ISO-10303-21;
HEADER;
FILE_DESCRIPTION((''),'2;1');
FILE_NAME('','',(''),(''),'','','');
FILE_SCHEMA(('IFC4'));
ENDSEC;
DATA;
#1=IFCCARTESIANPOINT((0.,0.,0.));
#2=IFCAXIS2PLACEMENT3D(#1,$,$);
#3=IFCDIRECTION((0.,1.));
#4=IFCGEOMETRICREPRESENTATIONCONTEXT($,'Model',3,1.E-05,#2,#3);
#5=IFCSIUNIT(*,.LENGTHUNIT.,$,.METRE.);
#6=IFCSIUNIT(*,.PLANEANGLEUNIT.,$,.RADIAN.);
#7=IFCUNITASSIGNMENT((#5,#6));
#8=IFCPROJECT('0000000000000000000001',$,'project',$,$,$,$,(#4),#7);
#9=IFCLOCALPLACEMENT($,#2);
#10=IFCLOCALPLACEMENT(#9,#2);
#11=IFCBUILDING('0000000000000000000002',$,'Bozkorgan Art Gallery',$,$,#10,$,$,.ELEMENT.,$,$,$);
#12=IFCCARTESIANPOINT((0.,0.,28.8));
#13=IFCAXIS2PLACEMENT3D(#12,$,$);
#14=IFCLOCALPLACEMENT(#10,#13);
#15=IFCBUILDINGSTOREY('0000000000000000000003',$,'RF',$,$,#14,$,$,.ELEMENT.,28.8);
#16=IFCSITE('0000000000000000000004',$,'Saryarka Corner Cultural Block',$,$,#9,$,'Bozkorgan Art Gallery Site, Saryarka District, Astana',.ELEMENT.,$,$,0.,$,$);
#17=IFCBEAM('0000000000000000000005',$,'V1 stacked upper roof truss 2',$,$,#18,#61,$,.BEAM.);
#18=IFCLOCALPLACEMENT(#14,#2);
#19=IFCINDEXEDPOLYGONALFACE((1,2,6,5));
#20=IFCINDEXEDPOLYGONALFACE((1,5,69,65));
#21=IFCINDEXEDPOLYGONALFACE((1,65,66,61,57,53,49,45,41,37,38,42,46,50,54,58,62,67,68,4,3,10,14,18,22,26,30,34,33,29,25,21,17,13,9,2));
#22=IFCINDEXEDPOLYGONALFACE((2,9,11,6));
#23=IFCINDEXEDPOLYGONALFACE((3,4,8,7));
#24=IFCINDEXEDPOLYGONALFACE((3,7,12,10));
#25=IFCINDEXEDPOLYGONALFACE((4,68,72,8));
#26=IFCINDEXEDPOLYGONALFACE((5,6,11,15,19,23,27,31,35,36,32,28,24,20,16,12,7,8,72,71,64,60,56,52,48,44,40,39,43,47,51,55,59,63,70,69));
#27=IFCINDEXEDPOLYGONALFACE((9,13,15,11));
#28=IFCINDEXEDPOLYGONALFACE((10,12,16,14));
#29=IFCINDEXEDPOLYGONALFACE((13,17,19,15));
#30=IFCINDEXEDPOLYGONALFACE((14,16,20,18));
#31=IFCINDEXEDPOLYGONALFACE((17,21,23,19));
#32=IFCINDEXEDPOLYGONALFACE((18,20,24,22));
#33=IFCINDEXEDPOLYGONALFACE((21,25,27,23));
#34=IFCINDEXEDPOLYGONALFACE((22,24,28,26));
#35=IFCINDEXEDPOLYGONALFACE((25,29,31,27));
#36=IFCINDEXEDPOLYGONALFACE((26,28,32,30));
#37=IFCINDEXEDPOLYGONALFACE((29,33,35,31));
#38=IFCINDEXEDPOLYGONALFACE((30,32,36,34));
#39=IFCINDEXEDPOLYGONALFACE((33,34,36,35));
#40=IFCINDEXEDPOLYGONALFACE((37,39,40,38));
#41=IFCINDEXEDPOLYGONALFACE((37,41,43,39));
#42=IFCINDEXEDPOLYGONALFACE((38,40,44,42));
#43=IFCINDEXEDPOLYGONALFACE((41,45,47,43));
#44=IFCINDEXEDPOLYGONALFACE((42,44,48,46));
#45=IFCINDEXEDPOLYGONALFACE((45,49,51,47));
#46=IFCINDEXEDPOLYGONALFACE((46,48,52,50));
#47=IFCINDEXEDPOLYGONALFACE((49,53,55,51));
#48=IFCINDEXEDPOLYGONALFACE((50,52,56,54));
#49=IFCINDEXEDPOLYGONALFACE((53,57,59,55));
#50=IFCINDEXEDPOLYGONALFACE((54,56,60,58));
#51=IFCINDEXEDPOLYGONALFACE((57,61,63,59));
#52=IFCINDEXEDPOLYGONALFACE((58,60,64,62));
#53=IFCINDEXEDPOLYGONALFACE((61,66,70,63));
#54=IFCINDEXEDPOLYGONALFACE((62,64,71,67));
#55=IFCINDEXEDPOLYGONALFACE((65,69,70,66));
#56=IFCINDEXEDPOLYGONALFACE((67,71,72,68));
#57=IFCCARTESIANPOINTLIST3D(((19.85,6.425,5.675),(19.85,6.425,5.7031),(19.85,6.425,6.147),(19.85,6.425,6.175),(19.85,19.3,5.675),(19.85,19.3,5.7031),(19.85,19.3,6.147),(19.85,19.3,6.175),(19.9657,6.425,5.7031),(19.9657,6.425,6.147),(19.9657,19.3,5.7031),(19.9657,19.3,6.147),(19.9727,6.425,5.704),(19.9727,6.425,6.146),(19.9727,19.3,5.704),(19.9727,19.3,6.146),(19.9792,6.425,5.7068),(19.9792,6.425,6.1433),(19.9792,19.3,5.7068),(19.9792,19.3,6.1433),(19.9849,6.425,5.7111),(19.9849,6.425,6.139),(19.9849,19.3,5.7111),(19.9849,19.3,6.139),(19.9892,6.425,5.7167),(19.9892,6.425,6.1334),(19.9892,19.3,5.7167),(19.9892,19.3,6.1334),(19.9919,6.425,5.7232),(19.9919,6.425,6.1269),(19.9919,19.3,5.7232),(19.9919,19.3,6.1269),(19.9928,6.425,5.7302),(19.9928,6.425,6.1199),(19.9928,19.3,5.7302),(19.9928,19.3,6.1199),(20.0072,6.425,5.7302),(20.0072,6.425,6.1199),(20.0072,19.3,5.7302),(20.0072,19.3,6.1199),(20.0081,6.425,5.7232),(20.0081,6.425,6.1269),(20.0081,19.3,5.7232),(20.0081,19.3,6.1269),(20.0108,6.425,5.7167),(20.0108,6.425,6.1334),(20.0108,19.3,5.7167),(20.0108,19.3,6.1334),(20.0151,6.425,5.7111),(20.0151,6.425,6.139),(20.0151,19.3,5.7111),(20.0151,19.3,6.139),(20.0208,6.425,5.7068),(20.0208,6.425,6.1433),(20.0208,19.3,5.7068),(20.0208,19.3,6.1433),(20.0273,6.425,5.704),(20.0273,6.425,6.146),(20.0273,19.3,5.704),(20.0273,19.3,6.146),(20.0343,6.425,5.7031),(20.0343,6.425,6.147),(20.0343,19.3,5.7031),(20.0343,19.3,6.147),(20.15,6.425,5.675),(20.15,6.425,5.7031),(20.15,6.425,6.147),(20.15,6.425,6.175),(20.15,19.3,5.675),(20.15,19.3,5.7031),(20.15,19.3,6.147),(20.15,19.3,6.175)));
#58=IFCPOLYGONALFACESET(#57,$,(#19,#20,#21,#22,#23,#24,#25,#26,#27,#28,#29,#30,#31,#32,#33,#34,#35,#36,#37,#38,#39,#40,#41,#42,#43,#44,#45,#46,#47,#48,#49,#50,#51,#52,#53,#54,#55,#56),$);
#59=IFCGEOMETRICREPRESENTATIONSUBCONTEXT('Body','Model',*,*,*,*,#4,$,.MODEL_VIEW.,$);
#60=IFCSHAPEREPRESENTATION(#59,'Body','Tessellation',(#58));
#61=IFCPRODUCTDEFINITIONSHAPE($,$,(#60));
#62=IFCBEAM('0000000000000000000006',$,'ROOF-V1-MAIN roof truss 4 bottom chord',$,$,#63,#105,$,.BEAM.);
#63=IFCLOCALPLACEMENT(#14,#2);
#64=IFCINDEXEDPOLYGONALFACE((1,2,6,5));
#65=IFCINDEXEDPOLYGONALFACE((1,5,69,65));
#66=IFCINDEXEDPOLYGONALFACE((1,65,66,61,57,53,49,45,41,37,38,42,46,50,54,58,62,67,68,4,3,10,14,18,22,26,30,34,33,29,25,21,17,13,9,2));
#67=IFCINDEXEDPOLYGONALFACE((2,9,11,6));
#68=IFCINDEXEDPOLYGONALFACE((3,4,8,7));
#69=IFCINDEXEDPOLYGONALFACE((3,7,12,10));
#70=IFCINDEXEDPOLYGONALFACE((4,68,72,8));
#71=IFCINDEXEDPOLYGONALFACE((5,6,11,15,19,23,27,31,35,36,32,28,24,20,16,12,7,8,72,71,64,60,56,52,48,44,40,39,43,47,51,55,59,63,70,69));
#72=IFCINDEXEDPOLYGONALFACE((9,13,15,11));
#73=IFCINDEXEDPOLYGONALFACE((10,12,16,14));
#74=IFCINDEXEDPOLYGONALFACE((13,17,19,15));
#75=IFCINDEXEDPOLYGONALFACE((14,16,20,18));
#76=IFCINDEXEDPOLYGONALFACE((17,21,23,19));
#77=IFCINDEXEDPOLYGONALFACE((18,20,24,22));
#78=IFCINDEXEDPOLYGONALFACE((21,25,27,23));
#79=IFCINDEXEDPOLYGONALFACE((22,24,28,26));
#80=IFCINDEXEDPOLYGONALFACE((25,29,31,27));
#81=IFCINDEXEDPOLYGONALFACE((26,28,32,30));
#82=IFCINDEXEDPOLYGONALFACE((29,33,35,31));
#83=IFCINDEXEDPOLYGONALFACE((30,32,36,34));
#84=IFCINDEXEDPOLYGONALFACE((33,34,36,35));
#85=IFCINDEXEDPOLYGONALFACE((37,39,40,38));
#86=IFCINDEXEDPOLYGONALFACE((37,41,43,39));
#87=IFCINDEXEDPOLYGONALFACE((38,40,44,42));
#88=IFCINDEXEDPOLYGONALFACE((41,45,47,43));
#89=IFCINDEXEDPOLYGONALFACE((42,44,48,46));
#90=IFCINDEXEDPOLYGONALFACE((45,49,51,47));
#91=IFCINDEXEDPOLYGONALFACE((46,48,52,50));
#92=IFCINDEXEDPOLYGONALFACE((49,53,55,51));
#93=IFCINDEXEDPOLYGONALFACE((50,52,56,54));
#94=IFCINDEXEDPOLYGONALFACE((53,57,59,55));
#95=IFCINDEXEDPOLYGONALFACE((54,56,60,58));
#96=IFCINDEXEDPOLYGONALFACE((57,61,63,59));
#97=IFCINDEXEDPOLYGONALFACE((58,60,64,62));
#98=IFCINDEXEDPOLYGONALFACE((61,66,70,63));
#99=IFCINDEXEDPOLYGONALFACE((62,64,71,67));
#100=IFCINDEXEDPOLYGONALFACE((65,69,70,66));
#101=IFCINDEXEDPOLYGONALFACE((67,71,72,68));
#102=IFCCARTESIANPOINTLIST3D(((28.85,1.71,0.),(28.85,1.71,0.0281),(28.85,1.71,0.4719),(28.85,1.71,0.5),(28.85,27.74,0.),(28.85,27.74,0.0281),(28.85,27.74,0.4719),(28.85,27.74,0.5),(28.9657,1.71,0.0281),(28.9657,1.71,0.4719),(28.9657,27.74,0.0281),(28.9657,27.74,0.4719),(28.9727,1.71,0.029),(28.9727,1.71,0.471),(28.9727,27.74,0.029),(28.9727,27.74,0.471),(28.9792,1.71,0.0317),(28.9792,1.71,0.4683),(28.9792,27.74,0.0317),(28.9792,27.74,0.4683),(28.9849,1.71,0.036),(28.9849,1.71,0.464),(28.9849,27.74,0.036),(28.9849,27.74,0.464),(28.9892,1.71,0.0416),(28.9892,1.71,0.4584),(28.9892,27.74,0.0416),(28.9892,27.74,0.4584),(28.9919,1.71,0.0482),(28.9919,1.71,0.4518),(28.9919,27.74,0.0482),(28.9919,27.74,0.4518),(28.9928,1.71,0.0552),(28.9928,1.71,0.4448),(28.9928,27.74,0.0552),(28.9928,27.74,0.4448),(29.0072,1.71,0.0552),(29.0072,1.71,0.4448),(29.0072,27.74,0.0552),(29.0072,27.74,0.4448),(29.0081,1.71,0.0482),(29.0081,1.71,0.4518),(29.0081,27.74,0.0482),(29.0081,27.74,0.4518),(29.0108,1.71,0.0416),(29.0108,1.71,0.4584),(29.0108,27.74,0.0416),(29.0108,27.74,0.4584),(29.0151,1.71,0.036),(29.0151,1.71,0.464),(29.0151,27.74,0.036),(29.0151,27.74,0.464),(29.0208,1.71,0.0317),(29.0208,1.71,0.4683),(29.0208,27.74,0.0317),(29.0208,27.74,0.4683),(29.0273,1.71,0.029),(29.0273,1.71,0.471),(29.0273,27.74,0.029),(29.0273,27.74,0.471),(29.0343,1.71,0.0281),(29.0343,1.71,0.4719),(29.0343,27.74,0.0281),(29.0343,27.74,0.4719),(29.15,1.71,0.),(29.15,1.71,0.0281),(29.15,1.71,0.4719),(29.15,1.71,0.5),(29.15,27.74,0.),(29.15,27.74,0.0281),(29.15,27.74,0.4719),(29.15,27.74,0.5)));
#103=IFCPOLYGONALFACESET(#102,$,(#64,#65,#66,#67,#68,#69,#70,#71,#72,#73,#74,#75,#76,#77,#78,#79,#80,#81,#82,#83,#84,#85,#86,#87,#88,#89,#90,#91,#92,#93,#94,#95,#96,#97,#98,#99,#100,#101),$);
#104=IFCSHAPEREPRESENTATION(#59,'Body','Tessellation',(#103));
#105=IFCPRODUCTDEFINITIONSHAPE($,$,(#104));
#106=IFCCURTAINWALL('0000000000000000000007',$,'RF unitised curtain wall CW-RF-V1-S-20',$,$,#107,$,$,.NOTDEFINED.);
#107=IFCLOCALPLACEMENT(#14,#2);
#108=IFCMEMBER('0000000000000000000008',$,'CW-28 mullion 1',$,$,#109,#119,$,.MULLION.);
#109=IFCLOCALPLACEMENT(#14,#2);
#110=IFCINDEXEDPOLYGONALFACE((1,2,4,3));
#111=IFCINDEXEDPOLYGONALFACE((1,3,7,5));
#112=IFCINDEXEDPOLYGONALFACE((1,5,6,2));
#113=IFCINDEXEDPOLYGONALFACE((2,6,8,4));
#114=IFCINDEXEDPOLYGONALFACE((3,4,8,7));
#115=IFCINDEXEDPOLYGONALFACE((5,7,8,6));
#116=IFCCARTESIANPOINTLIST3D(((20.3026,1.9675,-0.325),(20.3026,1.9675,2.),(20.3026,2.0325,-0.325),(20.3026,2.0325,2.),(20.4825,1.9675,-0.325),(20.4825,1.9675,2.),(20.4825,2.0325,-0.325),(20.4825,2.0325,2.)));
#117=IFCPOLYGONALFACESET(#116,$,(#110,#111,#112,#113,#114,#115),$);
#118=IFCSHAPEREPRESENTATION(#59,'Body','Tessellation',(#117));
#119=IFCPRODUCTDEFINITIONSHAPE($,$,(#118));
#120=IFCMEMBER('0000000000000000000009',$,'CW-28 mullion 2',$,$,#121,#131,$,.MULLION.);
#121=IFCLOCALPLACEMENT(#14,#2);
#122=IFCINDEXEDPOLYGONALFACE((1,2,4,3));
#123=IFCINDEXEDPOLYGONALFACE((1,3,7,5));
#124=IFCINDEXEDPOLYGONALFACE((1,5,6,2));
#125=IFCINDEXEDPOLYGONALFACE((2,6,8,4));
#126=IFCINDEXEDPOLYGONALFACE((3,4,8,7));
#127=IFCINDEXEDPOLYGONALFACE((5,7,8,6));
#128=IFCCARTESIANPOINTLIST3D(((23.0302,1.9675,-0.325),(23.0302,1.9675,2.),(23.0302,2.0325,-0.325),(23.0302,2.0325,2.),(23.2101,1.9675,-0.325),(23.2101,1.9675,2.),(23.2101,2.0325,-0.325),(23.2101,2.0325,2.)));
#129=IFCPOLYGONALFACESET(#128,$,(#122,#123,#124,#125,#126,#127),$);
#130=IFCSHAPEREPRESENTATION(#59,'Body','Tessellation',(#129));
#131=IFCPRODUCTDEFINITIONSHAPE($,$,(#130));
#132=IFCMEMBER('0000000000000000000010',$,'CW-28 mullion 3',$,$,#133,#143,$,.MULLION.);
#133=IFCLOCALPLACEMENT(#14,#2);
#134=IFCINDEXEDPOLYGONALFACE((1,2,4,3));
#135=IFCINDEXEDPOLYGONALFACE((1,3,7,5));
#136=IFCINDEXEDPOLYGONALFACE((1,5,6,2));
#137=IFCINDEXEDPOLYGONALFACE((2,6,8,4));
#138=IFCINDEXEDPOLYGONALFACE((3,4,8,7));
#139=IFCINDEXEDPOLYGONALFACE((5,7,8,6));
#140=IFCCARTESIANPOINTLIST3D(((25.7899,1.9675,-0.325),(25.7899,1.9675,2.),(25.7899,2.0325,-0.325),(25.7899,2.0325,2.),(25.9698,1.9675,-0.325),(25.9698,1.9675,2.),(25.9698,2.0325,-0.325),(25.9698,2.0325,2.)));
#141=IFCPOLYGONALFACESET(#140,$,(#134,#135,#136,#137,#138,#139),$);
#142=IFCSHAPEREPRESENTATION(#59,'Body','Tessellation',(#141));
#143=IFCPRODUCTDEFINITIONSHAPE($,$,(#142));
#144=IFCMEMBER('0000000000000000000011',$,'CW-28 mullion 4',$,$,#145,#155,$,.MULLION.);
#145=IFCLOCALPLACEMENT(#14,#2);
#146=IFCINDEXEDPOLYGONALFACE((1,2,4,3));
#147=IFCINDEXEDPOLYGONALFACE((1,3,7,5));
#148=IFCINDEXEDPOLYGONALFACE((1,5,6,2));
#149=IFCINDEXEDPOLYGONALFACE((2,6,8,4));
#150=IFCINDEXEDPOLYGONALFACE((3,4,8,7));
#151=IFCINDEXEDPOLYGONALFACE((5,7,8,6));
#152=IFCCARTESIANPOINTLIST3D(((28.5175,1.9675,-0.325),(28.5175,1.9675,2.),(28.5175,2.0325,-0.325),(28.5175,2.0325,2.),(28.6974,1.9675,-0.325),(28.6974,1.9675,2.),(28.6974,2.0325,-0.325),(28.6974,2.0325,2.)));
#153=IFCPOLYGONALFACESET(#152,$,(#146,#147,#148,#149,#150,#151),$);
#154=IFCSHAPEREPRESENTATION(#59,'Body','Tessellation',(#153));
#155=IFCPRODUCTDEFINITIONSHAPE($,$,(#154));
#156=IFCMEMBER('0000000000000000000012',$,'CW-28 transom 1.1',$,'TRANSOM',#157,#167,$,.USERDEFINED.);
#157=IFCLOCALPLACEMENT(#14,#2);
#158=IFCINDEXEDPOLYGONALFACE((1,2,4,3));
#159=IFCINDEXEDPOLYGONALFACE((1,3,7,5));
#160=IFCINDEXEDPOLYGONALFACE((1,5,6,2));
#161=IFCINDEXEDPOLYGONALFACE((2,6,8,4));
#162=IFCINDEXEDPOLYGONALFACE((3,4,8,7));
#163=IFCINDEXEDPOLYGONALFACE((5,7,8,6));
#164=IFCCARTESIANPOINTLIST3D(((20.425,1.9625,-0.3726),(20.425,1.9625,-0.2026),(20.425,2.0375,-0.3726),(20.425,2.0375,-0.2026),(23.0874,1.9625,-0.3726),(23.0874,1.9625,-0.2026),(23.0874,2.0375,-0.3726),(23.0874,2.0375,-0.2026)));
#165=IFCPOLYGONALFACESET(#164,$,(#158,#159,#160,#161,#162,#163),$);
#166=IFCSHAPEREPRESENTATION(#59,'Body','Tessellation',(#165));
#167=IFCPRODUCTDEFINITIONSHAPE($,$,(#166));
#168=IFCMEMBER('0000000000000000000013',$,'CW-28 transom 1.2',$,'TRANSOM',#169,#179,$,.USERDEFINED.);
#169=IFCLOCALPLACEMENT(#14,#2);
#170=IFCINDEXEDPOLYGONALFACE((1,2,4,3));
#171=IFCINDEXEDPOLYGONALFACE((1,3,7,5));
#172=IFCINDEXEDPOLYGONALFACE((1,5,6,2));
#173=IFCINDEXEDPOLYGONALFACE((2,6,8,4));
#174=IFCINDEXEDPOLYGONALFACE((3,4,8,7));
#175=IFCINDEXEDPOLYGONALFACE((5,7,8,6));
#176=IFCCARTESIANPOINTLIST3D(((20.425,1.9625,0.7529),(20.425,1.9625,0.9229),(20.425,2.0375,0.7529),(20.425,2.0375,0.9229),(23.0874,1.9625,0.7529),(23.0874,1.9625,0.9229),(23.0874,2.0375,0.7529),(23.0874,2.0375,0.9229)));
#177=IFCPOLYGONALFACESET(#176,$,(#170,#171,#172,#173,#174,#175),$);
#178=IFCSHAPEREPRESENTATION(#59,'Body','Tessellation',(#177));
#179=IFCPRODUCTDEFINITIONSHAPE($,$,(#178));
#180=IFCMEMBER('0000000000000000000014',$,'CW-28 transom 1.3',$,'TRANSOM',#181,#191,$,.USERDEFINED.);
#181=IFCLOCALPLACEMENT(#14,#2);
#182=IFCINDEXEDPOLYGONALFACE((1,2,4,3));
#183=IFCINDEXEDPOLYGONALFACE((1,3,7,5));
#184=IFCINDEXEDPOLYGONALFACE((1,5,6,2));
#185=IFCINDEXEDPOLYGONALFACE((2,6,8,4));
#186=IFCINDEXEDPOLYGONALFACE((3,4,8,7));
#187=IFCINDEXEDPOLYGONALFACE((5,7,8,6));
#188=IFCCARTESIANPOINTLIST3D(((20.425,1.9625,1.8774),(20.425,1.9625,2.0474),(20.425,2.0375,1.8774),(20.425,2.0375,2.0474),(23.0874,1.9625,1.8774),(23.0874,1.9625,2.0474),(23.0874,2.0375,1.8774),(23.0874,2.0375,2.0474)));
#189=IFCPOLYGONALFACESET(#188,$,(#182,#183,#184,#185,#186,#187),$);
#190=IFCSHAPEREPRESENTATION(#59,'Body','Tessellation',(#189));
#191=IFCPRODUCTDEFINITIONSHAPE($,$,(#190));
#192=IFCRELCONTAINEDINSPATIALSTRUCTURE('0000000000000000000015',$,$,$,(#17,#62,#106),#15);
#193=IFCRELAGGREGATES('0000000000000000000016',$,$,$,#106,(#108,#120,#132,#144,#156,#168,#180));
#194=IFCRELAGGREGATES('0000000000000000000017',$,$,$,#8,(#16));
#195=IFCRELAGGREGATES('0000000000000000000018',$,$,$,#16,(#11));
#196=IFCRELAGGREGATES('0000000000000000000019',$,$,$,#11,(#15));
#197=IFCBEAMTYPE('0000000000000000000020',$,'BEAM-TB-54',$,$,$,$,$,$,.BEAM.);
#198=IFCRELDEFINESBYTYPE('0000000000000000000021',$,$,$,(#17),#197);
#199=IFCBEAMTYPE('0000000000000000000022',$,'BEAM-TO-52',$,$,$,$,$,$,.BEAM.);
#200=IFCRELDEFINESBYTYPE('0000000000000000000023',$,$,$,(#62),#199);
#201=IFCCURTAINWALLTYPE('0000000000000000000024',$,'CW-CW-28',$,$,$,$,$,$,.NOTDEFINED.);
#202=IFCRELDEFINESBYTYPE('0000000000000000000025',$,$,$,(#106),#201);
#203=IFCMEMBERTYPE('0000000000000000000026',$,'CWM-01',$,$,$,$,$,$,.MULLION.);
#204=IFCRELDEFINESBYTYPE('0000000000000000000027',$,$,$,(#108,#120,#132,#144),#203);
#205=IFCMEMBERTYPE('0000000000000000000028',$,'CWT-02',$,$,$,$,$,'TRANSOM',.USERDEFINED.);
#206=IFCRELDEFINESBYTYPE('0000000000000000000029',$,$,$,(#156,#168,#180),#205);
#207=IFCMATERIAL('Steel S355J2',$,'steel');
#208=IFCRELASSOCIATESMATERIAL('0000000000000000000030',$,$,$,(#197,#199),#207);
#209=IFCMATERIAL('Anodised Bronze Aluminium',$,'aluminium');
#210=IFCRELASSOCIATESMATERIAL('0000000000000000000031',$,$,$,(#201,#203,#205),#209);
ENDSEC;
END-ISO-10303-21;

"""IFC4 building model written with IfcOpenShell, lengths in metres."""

from ifc_helpers import new_model, si_unit, direction, frame, origin, origin_2d, place, context, subcontext, project, spatial, rectangle, i_section, extrude, material, material_profile, profile_set, type_object, element, aggregate, save


model = new_model("IFC4")

# Units and contexts
model_context = context("Model", 3, precision=1e-05, world=origin(), true_north=direction((0.0, 1.0)))
body_context = subcontext(model_context, "Body", "Model", "MODEL_VIEW")
ifc_project = project(units=[si_unit("LENGTHUNIT", "METRE"), si_unit("PLANEANGLEUNIT", "RADIAN")], contexts=[model_context])

# Site, building, storey
site_placement = place(None, origin())
site = spatial("IfcSite", under=ifc_project, at=site_placement, Name="Saryarka Corner Cultural Block", LongName="Bozkorgan Art Gallery Site, Saryarka District, Astana", CompositionType="ELEMENT", RefElevation=0.0)
building_placement = place(site_placement, origin())
building = spatial("IfcBuilding", under=site, at=building_placement, Name="Bozkorgan Art Gallery", CompositionType="ELEMENT")
storey_placement = place(building_placement, frame((0.0, 0.0, 28.8)))
storey = spatial("IfcBuildingStorey", under=building, at=storey_placement, Name="RF", CompositionType="ELEMENT", Elevation=28.8)

# Beams
ifc_material_1 = material(Name="Steel S355J2", Category="steel")
ifc_material_profile_1 = material_profile(ifc_material_1, i_section(OverallWidth=0.3, OverallDepth=0.5, WebThickness=0.0144, FlangeThickness=0.0281, FilletRadius=0.0271, at=origin_2d()), Name="HEB 500")
ifc_profile_set_1 = profile_set([ifc_material_profile_1], Name="Steel S355J2")
beam_type_1 = type_object("IfcBeamType", Name="BEAM-TB-54", PredefinedType="BEAM", material=ifc_profile_set_1)
beam_1_placement = place(storey_placement, frame((20.0, 6.425, 5.925), z_axis=(0.0, 1.0, 0.0), x_axis=(-1.0, 0.0, 0.0)))
element("IfcBeam", 1, at=beam_1_placement, inside=storey, type_object=beam_type_1, Name="V1 stacked upper roof truss 2", PredefinedType="BEAM", context=body_context, shape_type="SweptSolid", body=[
    extrude(i_section(OverallWidth=0.3, OverallDepth=0.5, WebThickness=0.0144, FlangeThickness=0.0281, FilletRadius=0.0271, at=origin_2d()), origin(), (0.0, 0.0, 1.0), 12.875),
])
ifc_material_profile_2 = material_profile(ifc_material_1, i_section(OverallWidth=0.3, OverallDepth=0.5, WebThickness=0.0144, FlangeThickness=0.0281, FilletRadius=0.0271, at=origin_2d()), Name="HEB 500")
ifc_profile_set_2 = profile_set([ifc_material_profile_2], Name="Steel S355J2")
beam_type_2 = type_object("IfcBeamType", Name="BEAM-TO-52", PredefinedType="BEAM", material=ifc_profile_set_2)
beam_2_placement = place(storey_placement, frame((29.0, 1.71, 0.25), z_axis=(0.0, 1.0, 0.0), x_axis=(-1.0, 0.0, 0.0)))
element("IfcBeam", 2, at=beam_2_placement, inside=storey, type_object=beam_type_2, Name="ROOF-V1-MAIN roof truss 4 bottom chord", PredefinedType="BEAM", context=body_context, shape_type="SweptSolid", body=[
    extrude(i_section(OverallWidth=0.3, OverallDepth=0.5, WebThickness=0.0144, FlangeThickness=0.0281, FilletRadius=0.0271, at=origin_2d()), origin(), (0.0, 0.0, 1.0), 26.03),
])

# Curtain wall, members
ifc_material_2 = material(Name="Anodised Bronze Aluminium", Category="aluminium")
curtain_wall_type = type_object("IfcCurtainWallType", Name="CW-CW-28", PredefinedType="NOTDEFINED", material=ifc_material_2)
curtain_wall_placement = place(storey_placement, origin())
curtain_wall = element("IfcCurtainWall", 3, at=curtain_wall_placement, inside=storey, type_object=curtain_wall_type, Name="RF unitised curtain wall CW-RF-V1-S-20", PredefinedType="NOTDEFINED")
ifc_material_profile_3 = material_profile(ifc_material_2, rectangle(XDim=0.0649, YDim=0.1799, at=origin_2d()), Name="ALU MULLION 65x180")
ifc_profile_set_3 = profile_set([ifc_material_profile_3], Name="Anodised Bronze Aluminium")
member_type_1 = type_object("IfcMemberType", Name="CWM-01", PredefinedType="MULLION", material=ifc_profile_set_3)
member_1_placement = place(storey_placement, frame((20.3926, 2.0, -0.325), z_axis=(0.0, 0.0, 1.0), x_axis=(0.0, 1.0, 0.0)))
member_1 = element("IfcMember", 4, at=member_1_placement, type_object=member_type_1, Name="CW-28 mullion 1", PredefinedType="MULLION", context=body_context, shape_type="SweptSolid", body=[
    extrude(rectangle(XDim=0.0649, YDim=0.1799, at=origin_2d()), origin(), (0.0, 0.0, 1.0), 2.325),
])
member_2_placement = place(storey_placement, frame((23.1201, 2.0, -0.325), z_axis=(0.0, 0.0, 1.0), x_axis=(0.0, 1.0, 0.0)))
member_2 = element("IfcMember", 5, at=member_2_placement, type_object=member_type_1, Name="CW-28 mullion 2", PredefinedType="MULLION", context=body_context, shape_type="SweptSolid", body=[
    extrude(rectangle(XDim=0.0649, YDim=0.1799, at=origin_2d()), origin(), (0.0, 0.0, 1.0), 2.325),
])
member_3_placement = place(storey_placement, frame((25.8799, 2.0, -0.325), z_axis=(0.0, 0.0, 1.0), x_axis=(0.0, 1.0, 0.0)))
member_3 = element("IfcMember", 6, at=member_3_placement, type_object=member_type_1, Name="CW-28 mullion 3", PredefinedType="MULLION", context=body_context, shape_type="SweptSolid", body=[
    extrude(rectangle(XDim=0.0649, YDim=0.1799, at=origin_2d()), origin(), (0.0, 0.0, 1.0), 2.325),
])
member_4_placement = place(storey_placement, frame((28.6074, 2.0, -0.325), z_axis=(0.0, 0.0, 1.0), x_axis=(0.0, 1.0, 0.0)))
member_4 = element("IfcMember", 7, at=member_4_placement, type_object=member_type_1, Name="CW-28 mullion 4", PredefinedType="MULLION", context=body_context, shape_type="SweptSolid", body=[
    extrude(rectangle(XDim=0.0649, YDim=0.1799, at=origin_2d()), origin(), (0.0, 0.0, 1.0), 2.325),
])
ifc_material_profile_4 = material_profile(ifc_material_2, rectangle(XDim=0.075, YDim=0.1699, at=origin_2d()), Name="ALU TRANSOM 75x170")
ifc_profile_set_4 = profile_set([ifc_material_profile_4], Name="Anodised Bronze Aluminium")
member_type_2 = type_object("IfcMemberType", Name="CWT-02", ElementType="TRANSOM", PredefinedType="USERDEFINED", material=ifc_profile_set_4)
member_5_placement = place(storey_placement, frame((20.425, 2.0, -0.2876), z_axis=(1.0, 0.0, 0.0), x_axis=(0.0, 1.0, 0.0)))
member_5 = element("IfcMember", 8, at=member_5_placement, type_object=member_type_2, Name="CW-28 transom 1.1", ObjectType="TRANSOM", PredefinedType="USERDEFINED", context=body_context, shape_type="SweptSolid", body=[
    extrude(rectangle(XDim=0.075, YDim=0.1699, at=origin_2d()), origin(), (0.0, 0.0, 1.0), 2.6624),
])
member_6_placement = place(storey_placement, frame((20.425, 2.0, 0.8379), z_axis=(1.0, 0.0, 0.0), x_axis=(0.0, 1.0, 0.0)))
member_6 = element("IfcMember", 9, at=member_6_placement, type_object=member_type_2, Name="CW-28 transom 1.2", ObjectType="TRANSOM", PredefinedType="USERDEFINED", context=body_context, shape_type="SweptSolid", body=[
    extrude(rectangle(XDim=0.075, YDim=0.1699, at=origin_2d()), origin(), (0.0, 0.0, 1.0), 2.6624),
])
member_7_placement = place(storey_placement, frame((20.425, 2.0, 1.9624), z_axis=(1.0, 0.0, 0.0), x_axis=(0.0, 1.0, 0.0)))
member_7 = element("IfcMember", 10, at=member_7_placement, type_object=member_type_2, Name="CW-28 transom 1.3", ObjectType="TRANSOM", PredefinedType="USERDEFINED", context=body_context, shape_type="SweptSolid", body=[
    extrude(rectangle(XDim=0.075, YDim=0.1699, at=origin_2d()), origin(), (0.0, 0.0, 1.0), 2.6624),
])

aggregate(curtain_wall, [member_1, member_2, member_3, member_4, member_5, member_6, member_7])

save(model, "model.ifc")
